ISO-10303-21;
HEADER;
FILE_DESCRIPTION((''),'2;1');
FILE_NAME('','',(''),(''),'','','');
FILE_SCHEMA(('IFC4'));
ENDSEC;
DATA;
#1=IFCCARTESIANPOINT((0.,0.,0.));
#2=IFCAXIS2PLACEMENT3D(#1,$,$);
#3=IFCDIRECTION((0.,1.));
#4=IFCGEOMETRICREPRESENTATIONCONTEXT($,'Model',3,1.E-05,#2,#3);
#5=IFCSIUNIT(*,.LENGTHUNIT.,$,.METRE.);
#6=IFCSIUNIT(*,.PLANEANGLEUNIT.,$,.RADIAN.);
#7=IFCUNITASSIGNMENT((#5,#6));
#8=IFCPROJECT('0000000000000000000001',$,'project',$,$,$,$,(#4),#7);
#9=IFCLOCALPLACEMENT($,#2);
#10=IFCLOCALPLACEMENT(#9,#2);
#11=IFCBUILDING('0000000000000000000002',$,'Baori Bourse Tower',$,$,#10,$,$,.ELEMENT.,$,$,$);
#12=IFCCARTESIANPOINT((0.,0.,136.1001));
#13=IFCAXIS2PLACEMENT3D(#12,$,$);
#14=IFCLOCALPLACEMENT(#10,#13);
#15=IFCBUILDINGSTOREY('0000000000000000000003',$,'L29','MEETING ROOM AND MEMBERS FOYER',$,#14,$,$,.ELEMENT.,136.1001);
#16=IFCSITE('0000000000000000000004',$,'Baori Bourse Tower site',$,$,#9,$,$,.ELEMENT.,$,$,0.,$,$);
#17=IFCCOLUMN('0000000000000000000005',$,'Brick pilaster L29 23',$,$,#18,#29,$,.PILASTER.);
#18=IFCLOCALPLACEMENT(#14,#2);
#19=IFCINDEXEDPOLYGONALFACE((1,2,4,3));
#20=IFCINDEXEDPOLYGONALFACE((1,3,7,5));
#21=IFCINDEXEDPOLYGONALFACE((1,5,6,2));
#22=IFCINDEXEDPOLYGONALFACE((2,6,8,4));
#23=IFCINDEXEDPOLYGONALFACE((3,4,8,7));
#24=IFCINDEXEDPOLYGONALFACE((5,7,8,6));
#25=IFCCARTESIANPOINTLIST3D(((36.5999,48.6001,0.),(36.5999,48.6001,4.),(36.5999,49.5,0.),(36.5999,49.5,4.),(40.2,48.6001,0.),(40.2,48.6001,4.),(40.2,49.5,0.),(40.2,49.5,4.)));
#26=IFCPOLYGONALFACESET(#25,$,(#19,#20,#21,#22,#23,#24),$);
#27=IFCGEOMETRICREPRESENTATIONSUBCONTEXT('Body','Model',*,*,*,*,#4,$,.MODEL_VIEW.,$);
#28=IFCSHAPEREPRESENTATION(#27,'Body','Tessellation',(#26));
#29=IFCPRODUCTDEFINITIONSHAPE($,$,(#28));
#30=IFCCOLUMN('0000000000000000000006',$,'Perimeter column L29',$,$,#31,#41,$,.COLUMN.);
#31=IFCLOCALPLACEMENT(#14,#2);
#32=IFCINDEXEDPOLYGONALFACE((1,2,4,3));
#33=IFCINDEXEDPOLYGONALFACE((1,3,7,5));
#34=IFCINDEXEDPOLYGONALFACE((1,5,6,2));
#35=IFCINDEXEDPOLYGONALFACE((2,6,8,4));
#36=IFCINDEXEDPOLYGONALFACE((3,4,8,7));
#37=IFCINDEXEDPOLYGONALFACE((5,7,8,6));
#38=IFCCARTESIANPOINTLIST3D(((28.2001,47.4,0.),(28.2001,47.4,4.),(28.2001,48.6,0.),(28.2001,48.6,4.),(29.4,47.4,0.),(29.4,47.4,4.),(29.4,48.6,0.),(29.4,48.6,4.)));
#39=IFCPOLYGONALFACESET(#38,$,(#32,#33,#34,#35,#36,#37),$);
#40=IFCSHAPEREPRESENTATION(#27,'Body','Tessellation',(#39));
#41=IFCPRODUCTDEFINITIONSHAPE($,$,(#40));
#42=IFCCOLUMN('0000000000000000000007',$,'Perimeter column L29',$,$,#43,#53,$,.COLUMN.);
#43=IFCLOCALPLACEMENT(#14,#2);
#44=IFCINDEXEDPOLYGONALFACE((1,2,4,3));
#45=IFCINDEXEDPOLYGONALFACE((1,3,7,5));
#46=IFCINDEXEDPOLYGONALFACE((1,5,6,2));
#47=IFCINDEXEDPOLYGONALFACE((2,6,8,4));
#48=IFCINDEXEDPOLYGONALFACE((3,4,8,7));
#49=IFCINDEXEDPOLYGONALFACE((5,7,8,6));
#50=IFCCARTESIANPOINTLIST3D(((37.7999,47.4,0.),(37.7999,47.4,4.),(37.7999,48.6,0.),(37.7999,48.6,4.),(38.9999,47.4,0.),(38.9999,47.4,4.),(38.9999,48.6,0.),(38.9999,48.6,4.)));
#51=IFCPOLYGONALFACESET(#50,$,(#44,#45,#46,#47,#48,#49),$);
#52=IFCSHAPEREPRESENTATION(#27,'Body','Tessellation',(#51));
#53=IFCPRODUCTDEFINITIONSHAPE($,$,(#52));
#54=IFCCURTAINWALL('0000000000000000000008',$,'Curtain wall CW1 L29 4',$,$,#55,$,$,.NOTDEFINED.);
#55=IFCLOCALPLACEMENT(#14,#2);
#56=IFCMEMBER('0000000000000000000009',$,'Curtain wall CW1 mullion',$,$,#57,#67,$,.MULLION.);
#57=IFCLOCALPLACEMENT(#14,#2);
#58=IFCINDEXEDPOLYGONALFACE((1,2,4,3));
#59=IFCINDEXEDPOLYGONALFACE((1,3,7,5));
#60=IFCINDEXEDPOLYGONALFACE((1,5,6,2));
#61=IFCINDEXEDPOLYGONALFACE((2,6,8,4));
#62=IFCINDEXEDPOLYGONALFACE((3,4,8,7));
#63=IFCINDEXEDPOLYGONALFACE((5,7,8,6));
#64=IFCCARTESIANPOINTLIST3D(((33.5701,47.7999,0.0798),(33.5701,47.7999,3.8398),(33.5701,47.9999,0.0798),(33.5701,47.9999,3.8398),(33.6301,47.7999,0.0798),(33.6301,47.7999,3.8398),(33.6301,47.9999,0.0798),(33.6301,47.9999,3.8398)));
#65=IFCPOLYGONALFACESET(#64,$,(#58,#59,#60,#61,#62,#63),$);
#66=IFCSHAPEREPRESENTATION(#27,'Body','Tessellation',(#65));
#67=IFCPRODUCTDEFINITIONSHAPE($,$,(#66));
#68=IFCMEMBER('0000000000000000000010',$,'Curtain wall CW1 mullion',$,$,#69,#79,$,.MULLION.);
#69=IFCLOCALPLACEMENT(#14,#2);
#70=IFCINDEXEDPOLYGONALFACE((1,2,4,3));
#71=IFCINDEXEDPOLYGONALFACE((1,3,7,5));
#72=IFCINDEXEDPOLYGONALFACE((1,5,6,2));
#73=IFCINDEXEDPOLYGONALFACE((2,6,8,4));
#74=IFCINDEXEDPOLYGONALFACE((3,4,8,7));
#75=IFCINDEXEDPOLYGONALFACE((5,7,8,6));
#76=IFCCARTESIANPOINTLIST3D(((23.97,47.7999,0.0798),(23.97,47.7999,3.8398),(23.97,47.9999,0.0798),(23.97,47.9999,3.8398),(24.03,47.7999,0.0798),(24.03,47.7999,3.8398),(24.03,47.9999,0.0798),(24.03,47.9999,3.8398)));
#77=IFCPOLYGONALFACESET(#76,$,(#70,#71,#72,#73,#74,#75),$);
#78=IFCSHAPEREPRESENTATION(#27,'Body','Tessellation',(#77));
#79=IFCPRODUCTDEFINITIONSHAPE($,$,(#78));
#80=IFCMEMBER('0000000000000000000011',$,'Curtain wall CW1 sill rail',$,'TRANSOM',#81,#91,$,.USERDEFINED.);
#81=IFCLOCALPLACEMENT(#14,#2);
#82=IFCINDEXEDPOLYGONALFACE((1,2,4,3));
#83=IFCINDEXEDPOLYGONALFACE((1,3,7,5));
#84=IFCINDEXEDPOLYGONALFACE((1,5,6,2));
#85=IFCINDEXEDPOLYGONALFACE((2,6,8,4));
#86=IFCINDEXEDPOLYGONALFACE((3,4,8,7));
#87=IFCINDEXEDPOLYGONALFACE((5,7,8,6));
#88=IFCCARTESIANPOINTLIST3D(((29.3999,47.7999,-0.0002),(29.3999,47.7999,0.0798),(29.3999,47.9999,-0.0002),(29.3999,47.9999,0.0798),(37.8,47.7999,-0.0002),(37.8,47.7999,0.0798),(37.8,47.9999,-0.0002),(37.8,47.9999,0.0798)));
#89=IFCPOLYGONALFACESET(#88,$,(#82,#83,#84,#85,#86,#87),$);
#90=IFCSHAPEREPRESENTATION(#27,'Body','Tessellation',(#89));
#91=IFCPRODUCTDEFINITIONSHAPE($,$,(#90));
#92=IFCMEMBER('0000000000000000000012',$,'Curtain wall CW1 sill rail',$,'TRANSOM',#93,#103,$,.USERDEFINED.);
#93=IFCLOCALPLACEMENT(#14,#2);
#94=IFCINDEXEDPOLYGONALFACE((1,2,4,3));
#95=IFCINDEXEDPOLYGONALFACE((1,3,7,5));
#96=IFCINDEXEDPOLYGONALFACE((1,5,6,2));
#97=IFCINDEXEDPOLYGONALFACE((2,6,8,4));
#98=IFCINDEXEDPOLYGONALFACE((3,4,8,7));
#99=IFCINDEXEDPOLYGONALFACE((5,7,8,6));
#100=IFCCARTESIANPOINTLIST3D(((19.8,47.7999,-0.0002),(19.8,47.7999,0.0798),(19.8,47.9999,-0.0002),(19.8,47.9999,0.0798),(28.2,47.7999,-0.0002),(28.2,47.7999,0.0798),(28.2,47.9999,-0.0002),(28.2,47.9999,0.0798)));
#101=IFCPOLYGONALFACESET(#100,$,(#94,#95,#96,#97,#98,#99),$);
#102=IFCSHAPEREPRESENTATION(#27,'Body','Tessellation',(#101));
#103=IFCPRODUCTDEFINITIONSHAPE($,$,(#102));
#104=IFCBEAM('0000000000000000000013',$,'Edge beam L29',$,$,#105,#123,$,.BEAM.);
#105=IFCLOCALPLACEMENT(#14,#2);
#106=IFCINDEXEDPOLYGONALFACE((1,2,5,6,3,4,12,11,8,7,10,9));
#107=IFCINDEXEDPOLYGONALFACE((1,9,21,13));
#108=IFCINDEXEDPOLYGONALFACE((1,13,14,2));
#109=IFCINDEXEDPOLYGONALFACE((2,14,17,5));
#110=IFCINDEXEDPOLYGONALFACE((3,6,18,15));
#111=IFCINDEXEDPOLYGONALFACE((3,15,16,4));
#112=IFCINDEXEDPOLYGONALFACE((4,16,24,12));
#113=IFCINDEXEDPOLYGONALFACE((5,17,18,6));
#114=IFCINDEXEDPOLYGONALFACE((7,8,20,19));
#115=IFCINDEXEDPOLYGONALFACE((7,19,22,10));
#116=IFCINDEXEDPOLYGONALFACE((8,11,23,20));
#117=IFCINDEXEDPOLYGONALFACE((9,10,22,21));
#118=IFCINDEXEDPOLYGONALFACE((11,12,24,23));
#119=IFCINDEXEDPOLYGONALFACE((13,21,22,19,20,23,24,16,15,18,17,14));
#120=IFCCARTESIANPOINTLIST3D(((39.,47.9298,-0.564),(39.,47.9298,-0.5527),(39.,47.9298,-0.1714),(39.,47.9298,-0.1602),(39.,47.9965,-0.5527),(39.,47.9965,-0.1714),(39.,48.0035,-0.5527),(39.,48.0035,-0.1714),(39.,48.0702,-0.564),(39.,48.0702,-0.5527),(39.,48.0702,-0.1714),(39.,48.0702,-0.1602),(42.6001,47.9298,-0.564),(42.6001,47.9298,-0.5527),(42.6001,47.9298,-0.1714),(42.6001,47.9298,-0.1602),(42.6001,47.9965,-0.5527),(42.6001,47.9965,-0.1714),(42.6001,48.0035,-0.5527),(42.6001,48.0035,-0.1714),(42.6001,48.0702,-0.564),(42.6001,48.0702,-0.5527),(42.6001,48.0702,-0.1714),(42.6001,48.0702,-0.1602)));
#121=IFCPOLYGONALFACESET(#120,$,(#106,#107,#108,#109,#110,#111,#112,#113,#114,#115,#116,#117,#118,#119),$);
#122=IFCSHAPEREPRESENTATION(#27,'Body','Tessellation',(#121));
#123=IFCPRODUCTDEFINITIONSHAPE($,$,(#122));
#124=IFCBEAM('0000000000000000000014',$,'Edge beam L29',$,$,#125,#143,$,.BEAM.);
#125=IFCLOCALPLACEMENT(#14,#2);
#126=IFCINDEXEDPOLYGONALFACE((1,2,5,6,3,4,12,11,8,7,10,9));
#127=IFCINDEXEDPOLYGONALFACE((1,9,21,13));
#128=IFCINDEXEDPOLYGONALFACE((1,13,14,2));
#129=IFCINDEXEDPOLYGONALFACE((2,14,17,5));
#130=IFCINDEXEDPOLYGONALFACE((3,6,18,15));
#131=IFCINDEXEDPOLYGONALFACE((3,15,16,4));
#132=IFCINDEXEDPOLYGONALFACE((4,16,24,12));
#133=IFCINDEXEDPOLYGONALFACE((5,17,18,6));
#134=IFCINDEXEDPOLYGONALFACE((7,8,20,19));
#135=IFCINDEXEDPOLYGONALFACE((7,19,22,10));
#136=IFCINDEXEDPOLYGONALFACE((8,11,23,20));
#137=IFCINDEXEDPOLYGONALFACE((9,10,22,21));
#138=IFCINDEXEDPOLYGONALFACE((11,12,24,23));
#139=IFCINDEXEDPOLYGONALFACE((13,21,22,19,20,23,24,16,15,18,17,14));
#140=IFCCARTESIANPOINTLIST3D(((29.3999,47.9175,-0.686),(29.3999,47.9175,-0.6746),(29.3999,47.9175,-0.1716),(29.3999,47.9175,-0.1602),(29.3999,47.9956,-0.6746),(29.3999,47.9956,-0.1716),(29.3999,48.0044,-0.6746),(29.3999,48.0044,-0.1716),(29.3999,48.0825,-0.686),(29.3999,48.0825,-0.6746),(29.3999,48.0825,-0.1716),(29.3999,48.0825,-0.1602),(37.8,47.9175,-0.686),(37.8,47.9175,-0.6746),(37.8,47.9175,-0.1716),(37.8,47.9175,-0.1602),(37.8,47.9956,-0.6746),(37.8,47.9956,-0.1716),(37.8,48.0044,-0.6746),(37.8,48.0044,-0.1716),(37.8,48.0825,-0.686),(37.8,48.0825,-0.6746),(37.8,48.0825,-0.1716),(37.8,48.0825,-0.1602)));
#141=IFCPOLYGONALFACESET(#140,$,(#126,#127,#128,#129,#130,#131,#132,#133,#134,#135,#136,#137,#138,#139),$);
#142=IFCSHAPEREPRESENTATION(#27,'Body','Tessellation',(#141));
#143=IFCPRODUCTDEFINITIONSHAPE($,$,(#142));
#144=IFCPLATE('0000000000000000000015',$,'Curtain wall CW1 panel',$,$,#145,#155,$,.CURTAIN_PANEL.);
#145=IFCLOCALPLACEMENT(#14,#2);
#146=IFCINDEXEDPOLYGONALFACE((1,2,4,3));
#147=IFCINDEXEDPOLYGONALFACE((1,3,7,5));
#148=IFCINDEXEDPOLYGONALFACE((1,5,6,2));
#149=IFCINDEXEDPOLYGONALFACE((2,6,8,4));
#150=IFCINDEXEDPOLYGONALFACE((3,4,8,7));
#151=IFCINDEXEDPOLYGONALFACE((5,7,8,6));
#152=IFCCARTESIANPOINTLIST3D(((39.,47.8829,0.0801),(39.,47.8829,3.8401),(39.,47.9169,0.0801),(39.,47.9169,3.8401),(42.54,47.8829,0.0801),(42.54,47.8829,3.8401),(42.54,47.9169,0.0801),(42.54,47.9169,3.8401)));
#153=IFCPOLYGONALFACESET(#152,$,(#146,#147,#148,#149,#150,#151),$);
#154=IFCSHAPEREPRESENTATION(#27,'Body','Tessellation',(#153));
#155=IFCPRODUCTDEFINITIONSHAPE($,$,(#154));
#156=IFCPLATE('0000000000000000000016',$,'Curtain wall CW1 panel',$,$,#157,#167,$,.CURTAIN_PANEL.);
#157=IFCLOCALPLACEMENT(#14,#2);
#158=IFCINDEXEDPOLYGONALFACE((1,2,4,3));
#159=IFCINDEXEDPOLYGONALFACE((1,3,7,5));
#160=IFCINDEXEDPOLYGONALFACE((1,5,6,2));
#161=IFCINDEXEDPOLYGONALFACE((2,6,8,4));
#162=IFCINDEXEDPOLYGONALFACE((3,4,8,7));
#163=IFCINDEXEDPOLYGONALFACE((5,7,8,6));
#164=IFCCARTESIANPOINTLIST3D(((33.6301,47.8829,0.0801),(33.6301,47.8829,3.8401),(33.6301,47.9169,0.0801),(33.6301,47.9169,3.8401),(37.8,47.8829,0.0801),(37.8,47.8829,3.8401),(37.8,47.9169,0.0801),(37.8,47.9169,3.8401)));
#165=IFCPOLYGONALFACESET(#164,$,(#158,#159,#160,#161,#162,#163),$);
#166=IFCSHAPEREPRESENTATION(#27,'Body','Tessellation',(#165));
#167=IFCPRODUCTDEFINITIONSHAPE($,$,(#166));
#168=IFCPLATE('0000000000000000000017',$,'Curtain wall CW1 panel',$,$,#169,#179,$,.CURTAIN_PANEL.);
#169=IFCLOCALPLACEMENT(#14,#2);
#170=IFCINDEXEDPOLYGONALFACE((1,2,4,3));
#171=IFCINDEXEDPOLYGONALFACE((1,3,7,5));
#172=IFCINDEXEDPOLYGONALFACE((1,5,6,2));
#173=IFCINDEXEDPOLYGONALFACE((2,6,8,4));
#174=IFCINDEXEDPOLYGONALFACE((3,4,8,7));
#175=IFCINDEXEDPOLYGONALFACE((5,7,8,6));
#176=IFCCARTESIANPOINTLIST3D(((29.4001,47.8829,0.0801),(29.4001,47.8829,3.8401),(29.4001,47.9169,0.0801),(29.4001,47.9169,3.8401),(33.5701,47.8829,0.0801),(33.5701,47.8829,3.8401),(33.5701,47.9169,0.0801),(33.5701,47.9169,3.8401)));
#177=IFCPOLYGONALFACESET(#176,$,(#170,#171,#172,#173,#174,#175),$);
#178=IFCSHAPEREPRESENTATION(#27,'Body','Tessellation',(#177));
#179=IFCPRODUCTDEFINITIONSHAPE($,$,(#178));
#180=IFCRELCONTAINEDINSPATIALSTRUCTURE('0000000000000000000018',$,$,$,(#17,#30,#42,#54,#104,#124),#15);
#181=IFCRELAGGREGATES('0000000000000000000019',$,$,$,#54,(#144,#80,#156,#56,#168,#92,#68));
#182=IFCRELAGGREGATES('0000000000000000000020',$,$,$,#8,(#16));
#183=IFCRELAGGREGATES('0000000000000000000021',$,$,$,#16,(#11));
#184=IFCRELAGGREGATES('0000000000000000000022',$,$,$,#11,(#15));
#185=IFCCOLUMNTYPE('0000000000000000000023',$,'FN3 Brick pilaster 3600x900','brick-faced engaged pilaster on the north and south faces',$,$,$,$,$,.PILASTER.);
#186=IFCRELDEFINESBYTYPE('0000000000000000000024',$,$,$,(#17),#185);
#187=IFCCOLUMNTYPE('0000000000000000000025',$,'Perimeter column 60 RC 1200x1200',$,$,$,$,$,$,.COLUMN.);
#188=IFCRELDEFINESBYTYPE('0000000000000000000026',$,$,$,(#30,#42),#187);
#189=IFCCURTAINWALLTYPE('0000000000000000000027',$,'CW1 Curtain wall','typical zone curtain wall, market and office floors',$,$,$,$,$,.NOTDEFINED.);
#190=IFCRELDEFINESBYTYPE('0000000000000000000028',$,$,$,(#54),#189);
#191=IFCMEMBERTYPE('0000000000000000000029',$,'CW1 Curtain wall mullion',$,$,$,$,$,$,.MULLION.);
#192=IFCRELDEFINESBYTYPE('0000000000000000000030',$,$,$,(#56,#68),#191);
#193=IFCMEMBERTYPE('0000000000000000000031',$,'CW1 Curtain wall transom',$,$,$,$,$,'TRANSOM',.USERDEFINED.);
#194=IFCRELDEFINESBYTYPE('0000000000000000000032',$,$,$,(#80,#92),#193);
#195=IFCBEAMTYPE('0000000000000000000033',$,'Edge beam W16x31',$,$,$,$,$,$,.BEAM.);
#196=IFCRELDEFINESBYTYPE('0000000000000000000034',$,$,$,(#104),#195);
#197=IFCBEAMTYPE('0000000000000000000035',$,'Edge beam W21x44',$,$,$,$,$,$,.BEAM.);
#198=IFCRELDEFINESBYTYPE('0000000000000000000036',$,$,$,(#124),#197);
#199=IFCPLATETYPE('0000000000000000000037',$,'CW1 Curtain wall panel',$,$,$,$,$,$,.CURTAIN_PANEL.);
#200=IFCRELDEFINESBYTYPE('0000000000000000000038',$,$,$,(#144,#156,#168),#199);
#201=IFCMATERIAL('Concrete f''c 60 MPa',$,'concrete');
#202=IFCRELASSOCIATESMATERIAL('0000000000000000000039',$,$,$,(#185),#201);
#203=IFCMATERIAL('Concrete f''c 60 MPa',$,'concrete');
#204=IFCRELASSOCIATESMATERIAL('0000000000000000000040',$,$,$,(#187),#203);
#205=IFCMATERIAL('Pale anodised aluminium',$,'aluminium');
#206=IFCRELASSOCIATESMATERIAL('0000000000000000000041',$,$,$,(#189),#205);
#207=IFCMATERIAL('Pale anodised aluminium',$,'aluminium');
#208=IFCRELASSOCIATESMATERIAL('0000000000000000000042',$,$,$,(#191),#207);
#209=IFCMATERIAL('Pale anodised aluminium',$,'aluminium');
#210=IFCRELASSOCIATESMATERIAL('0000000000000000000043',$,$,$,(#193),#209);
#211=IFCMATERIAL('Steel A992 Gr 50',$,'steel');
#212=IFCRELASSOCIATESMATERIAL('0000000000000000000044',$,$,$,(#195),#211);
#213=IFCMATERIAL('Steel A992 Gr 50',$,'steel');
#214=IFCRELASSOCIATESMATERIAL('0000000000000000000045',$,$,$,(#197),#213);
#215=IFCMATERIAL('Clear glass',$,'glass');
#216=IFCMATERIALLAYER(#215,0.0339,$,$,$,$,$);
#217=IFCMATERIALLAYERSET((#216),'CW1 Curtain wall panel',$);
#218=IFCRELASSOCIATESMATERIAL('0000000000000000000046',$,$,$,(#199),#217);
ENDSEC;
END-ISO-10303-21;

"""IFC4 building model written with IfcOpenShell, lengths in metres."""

from ifc_helpers import new_model, si_unit, direction, frame, origin, origin_2d, place, context, subcontext, project, spatial, rectangle, i_section, extrude, material, layer, layer_set, material_profile, profile_set, type_object, element, aggregate, save


model = new_model("IFC4")

# Units and contexts
model_context = context("Model", 3, precision=1e-05, world=origin(), true_north=direction((0.0, 1.0)))
body_context = subcontext(model_context, "Body", "Model", "MODEL_VIEW")
ifc_project = project(units=[si_unit("LENGTHUNIT", "METRE"), si_unit("PLANEANGLEUNIT", "RADIAN")], contexts=[model_context])

# Site, building, storey
site_placement = place(None, origin())
site = spatial("IfcSite", under=ifc_project, at=site_placement, Name="Baori Bourse Tower site", CompositionType="ELEMENT", RefElevation=0.0)
building_placement = place(site_placement, origin())
building = spatial("IfcBuilding", under=site, at=building_placement, Name="Baori Bourse Tower", CompositionType="ELEMENT")
storey_placement = place(building_placement, frame((0.0, 0.0, 136.1001)))
storey = spatial("IfcBuildingStorey", under=building, at=storey_placement, Name="L29", Description="MEETING ROOM AND MEMBERS FOYER", CompositionType="ELEMENT", Elevation=136.1001)

# Columns
ifc_material_1 = material(Name="Concrete f'c 60 MPa", Category="concrete")
ifc_material_profile_1 = material_profile(ifc_material_1, rectangle(XDim=3.6001, YDim=0.8999, at=origin_2d()), Name="RC 3600x900")
ifc_profile_set_1 = profile_set([ifc_material_profile_1], Name="Concrete f'c 60 MPa")
column_type_1 = type_object("IfcColumnType", Name="FN3 Brick pilaster 3600x900", Description="brick-faced engaged pilaster on the north and south faces", PredefinedType="PILASTER", material=ifc_profile_set_1)
column_placement = place(storey_placement, frame((38.3999, 49.05, 0.0), z_axis=(0.0, 0.0, 1.0), x_axis=(1.0, 0.0, 0.0)))
element("IfcColumn", 1, at=column_placement, inside=storey, type_object=column_type_1, Name="Brick pilaster L29 23", PredefinedType="PILASTER", context=body_context, shape_type="SweptSolid", body=[
    extrude(rectangle(XDim=3.6001, YDim=0.8999, at=origin_2d()), origin(), (0.0, 0.0, 1.0), 4.0),
])
ifc_material_2 = material(Name="Concrete f'c 60 MPa", Category="concrete")
ifc_material_profile_2 = material_profile(ifc_material_2, rectangle(XDim=1.2, YDim=1.2, at=origin_2d()), Name="RC 1200x1200")
ifc_profile_set_2 = profile_set([ifc_material_profile_2], Name="Concrete f'c 60 MPa")
column_type_2 = type_object("IfcColumnType", Name="Perimeter column 60 RC 1200x1200", PredefinedType="COLUMN", material=ifc_profile_set_2)
for number, where, z_axis, x_axis, name in (
    (2, (28.8, 48.0, 0.0), (0.0, 0.0, 1.0), (1.0, 0.0, 0.0), "Perimeter column L29"),
    (3, (38.3999, 48.0, 0.0), (0.0, 0.0, 1.0), (1.0, 0.0, 0.0), "Perimeter column L29"),
):
    element("IfcColumn", number, at=place(storey_placement, frame(where, z_axis=z_axis, x_axis=x_axis)), inside=storey, type_object=column_type_2, Name=name, PredefinedType="COLUMN", context=body_context, shape_type="SweptSolid", body=[
        extrude(rectangle(XDim=1.2, YDim=1.2, at=origin_2d()), origin(), (0.0, 0.0, 1.0), 4.0),
    ])

# Curtain wall, members
ifc_material_3 = material(Name="Pale anodised aluminium", Category="aluminium")
curtain_wall_type = type_object("IfcCurtainWallType", Name="CW1 Curtain wall", Description="typical zone curtain wall, market and office floors", PredefinedType="NOTDEFINED", material=ifc_material_3)
curtain_wall_placement = place(storey_placement, origin())
curtain_wall = element("IfcCurtainWall", 4, at=curtain_wall_placement, inside=storey, type_object=curtain_wall_type, Name="Curtain wall CW1 L29 4", PredefinedType="NOTDEFINED")
ifc_material_4 = material(Name="Pale anodised aluminium", Category="aluminium")
ifc_material_profile_3 = material_profile(ifc_material_4, rectangle(XDim=0.2, YDim=0.0601, at=origin_2d()), Name="Mullion 60x200")
ifc_profile_set_3 = profile_set([ifc_material_profile_3], Name="Pale anodised aluminium")
member_type_1 = type_object("IfcMemberType", Name="CW1 Curtain wall mullion", PredefinedType="MULLION", material=ifc_profile_set_3)
member_1_placement = place(storey_placement, frame((33.6001, 47.8999, 0.0798), z_axis=(0.0, 0.0, 1.0), x_axis=(0.0, -1.0, 0.0)))
member_1 = element("IfcMember", 5, at=member_1_placement, type_object=member_type_1, Name="Curtain wall CW1 mullion", PredefinedType="MULLION", context=body_context, shape_type="SweptSolid", body=[
    extrude(rectangle(XDim=0.2, YDim=0.0601, at=origin_2d()), origin(), (0.0, 0.0, 1.0), 3.76),
])
member_2_placement = place(storey_placement, frame((24.0, 47.8999, 0.0798), z_axis=(0.0, 0.0, 1.0), x_axis=(0.0, -1.0, 0.0)))
member_2 = element("IfcMember", 6, at=member_2_placement, type_object=member_type_1, Name="Curtain wall CW1 mullion", PredefinedType="MULLION", context=body_context, shape_type="SweptSolid", body=[
    extrude(rectangle(XDim=0.2, YDim=0.0601, at=origin_2d()), origin(), (0.0, 0.0, 1.0), 3.76),
])
ifc_material_5 = material(Name="Pale anodised aluminium", Category="aluminium")
ifc_material_profile_4 = material_profile(ifc_material_5, rectangle(XDim=0.2, YDim=0.0801, at=origin_2d()), Name="Transom 80x200")
ifc_profile_set_4 = profile_set([ifc_material_profile_4], Name="Pale anodised aluminium")
member_type_2 = type_object("IfcMemberType", Name="CW1 Curtain wall transom", ElementType="TRANSOM", PredefinedType="USERDEFINED", material=ifc_profile_set_4)
member_3_placement = place(storey_placement, frame((37.8, 47.8999, 0.0398), z_axis=(-1.0, 0.0, 0.0), x_axis=(0.0, -1.0, 0.0)))
member_3 = element("IfcMember", 7, at=member_3_placement, type_object=member_type_2, Name="Curtain wall CW1 sill rail", ObjectType="TRANSOM", PredefinedType="USERDEFINED", context=body_context, shape_type="SweptSolid", body=[
    extrude(rectangle(XDim=0.2, YDim=0.0801, at=origin_2d()), origin(), (0.0, 0.0, 1.0), 8.4001),
])
member_4_placement = place(storey_placement, frame((28.2, 47.8999, 0.0398), z_axis=(-1.0, 0.0, 0.0), x_axis=(0.0, -1.0, 0.0)))
member_4 = element("IfcMember", 8, at=member_4_placement, type_object=member_type_2, Name="Curtain wall CW1 sill rail", ObjectType="TRANSOM", PredefinedType="USERDEFINED", context=body_context, shape_type="SweptSolid", body=[
    extrude(rectangle(XDim=0.2, YDim=0.0801, at=origin_2d()), origin(), (0.0, 0.0, 1.0), 8.3999),
])

# Beams
ifc_material_6 = material(Name="Steel A992 Gr 50", Category="steel")
ifc_material_profile_5 = material_profile(ifc_material_6, i_section(OverallWidth=0.1404, OverallDepth=0.4038, WebThickness=0.0071, FlangeThickness=0.0112, at=origin_2d()), Name="W16x31")
ifc_profile_set_5 = profile_set([ifc_material_profile_5], Name="Steel A992 Gr 50")
beam_type_1 = type_object("IfcBeamType", Name="Edge beam W16x31", PredefinedType="BEAM", material=ifc_profile_set_5)
beam_1_placement = place(storey_placement, frame((39.0, 48.0, -0.3621), z_axis=(1.0, 0.0, 0.0), x_axis=(0.0, 1.0, 0.0)))
element("IfcBeam", 9, at=beam_1_placement, inside=storey, type_object=beam_type_1, Name="Edge beam L29", PredefinedType="BEAM", context=body_context, shape_type="SweptSolid", body=[
    extrude(i_section(OverallWidth=0.1404, OverallDepth=0.4038, WebThickness=0.0071, FlangeThickness=0.0112, at=origin_2d()), origin(), (0.0, 0.0, 1.0), 3.6001),
])
ifc_material_7 = material(Name="Steel A992 Gr 50", Category="steel")
ifc_material_profile_6 = material_profile(ifc_material_7, i_section(OverallWidth=0.165, OverallDepth=0.5259, WebThickness=0.0088, FlangeThickness=0.0115, at=origin_2d()), Name="W21x44")
ifc_profile_set_6 = profile_set([ifc_material_profile_6], Name="Steel A992 Gr 50")
beam_type_2 = type_object("IfcBeamType", Name="Edge beam W21x44", PredefinedType="BEAM", material=ifc_profile_set_6)
beam_2_placement = place(storey_placement, frame((29.3999, 48.0, -0.4231), z_axis=(1.0, 0.0, 0.0), x_axis=(0.0, 1.0, 0.0)))
element("IfcBeam", 10, at=beam_2_placement, inside=storey, type_object=beam_type_2, Name="Edge beam L29", PredefinedType="BEAM", context=body_context, shape_type="SweptSolid", body=[
    extrude(i_section(OverallWidth=0.165, OverallDepth=0.5259, WebThickness=0.0088, FlangeThickness=0.0115, at=origin_2d()), origin(), (0.0, 0.0, 1.0), 8.4001),
])

# Plates
ifc_material_8 = material(Name="Clear glass", Category="glass")
ifc_layer = layer(ifc_material_8, 0.0339)
ifc_layer_set = layer_set([ifc_layer], Name="CW1 Curtain wall panel")
plate_type = type_object("IfcPlateType", Name="CW1 Curtain wall panel", PredefinedType="CURTAIN_PANEL", material=ifc_layer_set)
plate_1_placement = place(storey_placement, frame((40.77, 47.8999, 0.0801), z_axis=(0.0, 0.0, 1.0), x_axis=(-1.0, 0.0, 0.0)))
plate_1 = element("IfcPlate", 11, at=plate_1_placement, type_object=plate_type, Name="Curtain wall CW1 panel", PredefinedType="CURTAIN_PANEL", context=body_context, shape_type="SweptSolid", body=[
    extrude(rectangle(XDim=3.54, YDim=0.0339, at=origin_2d()), origin(), (0.0, 0.0, 1.0), 3.76),
])
plate_2_placement = place(storey_placement, frame((35.7151, 47.8999, 0.0801), z_axis=(0.0, 0.0, 1.0), x_axis=(-1.0, 0.0, 0.0)))
plate_2 = element("IfcPlate", 12, at=plate_2_placement, type_object=plate_type, Name="Curtain wall CW1 panel", PredefinedType="CURTAIN_PANEL", context=body_context, shape_type="SweptSolid", body=[
    extrude(rectangle(XDim=4.1699, YDim=0.0339, at=origin_2d()), origin(), (0.0, 0.0, 1.0), 3.76),
])
plate_3_placement = place(storey_placement, frame((31.4851, 47.8999, 0.0801), z_axis=(0.0, 0.0, 1.0), x_axis=(-1.0, 0.0, 0.0)))
plate_3 = element("IfcPlate", 13, at=plate_3_placement, type_object=plate_type, Name="Curtain wall CW1 panel", PredefinedType="CURTAIN_PANEL", context=body_context, shape_type="SweptSolid", body=[
    extrude(rectangle(XDim=4.1699, YDim=0.0339, at=origin_2d()), origin(), (0.0, 0.0, 1.0), 3.76),
])
aggregate(curtain_wall, [plate_1, member_3, plate_2, member_1, plate_3, member_4, member_2])

save(model, "model.ifc")
